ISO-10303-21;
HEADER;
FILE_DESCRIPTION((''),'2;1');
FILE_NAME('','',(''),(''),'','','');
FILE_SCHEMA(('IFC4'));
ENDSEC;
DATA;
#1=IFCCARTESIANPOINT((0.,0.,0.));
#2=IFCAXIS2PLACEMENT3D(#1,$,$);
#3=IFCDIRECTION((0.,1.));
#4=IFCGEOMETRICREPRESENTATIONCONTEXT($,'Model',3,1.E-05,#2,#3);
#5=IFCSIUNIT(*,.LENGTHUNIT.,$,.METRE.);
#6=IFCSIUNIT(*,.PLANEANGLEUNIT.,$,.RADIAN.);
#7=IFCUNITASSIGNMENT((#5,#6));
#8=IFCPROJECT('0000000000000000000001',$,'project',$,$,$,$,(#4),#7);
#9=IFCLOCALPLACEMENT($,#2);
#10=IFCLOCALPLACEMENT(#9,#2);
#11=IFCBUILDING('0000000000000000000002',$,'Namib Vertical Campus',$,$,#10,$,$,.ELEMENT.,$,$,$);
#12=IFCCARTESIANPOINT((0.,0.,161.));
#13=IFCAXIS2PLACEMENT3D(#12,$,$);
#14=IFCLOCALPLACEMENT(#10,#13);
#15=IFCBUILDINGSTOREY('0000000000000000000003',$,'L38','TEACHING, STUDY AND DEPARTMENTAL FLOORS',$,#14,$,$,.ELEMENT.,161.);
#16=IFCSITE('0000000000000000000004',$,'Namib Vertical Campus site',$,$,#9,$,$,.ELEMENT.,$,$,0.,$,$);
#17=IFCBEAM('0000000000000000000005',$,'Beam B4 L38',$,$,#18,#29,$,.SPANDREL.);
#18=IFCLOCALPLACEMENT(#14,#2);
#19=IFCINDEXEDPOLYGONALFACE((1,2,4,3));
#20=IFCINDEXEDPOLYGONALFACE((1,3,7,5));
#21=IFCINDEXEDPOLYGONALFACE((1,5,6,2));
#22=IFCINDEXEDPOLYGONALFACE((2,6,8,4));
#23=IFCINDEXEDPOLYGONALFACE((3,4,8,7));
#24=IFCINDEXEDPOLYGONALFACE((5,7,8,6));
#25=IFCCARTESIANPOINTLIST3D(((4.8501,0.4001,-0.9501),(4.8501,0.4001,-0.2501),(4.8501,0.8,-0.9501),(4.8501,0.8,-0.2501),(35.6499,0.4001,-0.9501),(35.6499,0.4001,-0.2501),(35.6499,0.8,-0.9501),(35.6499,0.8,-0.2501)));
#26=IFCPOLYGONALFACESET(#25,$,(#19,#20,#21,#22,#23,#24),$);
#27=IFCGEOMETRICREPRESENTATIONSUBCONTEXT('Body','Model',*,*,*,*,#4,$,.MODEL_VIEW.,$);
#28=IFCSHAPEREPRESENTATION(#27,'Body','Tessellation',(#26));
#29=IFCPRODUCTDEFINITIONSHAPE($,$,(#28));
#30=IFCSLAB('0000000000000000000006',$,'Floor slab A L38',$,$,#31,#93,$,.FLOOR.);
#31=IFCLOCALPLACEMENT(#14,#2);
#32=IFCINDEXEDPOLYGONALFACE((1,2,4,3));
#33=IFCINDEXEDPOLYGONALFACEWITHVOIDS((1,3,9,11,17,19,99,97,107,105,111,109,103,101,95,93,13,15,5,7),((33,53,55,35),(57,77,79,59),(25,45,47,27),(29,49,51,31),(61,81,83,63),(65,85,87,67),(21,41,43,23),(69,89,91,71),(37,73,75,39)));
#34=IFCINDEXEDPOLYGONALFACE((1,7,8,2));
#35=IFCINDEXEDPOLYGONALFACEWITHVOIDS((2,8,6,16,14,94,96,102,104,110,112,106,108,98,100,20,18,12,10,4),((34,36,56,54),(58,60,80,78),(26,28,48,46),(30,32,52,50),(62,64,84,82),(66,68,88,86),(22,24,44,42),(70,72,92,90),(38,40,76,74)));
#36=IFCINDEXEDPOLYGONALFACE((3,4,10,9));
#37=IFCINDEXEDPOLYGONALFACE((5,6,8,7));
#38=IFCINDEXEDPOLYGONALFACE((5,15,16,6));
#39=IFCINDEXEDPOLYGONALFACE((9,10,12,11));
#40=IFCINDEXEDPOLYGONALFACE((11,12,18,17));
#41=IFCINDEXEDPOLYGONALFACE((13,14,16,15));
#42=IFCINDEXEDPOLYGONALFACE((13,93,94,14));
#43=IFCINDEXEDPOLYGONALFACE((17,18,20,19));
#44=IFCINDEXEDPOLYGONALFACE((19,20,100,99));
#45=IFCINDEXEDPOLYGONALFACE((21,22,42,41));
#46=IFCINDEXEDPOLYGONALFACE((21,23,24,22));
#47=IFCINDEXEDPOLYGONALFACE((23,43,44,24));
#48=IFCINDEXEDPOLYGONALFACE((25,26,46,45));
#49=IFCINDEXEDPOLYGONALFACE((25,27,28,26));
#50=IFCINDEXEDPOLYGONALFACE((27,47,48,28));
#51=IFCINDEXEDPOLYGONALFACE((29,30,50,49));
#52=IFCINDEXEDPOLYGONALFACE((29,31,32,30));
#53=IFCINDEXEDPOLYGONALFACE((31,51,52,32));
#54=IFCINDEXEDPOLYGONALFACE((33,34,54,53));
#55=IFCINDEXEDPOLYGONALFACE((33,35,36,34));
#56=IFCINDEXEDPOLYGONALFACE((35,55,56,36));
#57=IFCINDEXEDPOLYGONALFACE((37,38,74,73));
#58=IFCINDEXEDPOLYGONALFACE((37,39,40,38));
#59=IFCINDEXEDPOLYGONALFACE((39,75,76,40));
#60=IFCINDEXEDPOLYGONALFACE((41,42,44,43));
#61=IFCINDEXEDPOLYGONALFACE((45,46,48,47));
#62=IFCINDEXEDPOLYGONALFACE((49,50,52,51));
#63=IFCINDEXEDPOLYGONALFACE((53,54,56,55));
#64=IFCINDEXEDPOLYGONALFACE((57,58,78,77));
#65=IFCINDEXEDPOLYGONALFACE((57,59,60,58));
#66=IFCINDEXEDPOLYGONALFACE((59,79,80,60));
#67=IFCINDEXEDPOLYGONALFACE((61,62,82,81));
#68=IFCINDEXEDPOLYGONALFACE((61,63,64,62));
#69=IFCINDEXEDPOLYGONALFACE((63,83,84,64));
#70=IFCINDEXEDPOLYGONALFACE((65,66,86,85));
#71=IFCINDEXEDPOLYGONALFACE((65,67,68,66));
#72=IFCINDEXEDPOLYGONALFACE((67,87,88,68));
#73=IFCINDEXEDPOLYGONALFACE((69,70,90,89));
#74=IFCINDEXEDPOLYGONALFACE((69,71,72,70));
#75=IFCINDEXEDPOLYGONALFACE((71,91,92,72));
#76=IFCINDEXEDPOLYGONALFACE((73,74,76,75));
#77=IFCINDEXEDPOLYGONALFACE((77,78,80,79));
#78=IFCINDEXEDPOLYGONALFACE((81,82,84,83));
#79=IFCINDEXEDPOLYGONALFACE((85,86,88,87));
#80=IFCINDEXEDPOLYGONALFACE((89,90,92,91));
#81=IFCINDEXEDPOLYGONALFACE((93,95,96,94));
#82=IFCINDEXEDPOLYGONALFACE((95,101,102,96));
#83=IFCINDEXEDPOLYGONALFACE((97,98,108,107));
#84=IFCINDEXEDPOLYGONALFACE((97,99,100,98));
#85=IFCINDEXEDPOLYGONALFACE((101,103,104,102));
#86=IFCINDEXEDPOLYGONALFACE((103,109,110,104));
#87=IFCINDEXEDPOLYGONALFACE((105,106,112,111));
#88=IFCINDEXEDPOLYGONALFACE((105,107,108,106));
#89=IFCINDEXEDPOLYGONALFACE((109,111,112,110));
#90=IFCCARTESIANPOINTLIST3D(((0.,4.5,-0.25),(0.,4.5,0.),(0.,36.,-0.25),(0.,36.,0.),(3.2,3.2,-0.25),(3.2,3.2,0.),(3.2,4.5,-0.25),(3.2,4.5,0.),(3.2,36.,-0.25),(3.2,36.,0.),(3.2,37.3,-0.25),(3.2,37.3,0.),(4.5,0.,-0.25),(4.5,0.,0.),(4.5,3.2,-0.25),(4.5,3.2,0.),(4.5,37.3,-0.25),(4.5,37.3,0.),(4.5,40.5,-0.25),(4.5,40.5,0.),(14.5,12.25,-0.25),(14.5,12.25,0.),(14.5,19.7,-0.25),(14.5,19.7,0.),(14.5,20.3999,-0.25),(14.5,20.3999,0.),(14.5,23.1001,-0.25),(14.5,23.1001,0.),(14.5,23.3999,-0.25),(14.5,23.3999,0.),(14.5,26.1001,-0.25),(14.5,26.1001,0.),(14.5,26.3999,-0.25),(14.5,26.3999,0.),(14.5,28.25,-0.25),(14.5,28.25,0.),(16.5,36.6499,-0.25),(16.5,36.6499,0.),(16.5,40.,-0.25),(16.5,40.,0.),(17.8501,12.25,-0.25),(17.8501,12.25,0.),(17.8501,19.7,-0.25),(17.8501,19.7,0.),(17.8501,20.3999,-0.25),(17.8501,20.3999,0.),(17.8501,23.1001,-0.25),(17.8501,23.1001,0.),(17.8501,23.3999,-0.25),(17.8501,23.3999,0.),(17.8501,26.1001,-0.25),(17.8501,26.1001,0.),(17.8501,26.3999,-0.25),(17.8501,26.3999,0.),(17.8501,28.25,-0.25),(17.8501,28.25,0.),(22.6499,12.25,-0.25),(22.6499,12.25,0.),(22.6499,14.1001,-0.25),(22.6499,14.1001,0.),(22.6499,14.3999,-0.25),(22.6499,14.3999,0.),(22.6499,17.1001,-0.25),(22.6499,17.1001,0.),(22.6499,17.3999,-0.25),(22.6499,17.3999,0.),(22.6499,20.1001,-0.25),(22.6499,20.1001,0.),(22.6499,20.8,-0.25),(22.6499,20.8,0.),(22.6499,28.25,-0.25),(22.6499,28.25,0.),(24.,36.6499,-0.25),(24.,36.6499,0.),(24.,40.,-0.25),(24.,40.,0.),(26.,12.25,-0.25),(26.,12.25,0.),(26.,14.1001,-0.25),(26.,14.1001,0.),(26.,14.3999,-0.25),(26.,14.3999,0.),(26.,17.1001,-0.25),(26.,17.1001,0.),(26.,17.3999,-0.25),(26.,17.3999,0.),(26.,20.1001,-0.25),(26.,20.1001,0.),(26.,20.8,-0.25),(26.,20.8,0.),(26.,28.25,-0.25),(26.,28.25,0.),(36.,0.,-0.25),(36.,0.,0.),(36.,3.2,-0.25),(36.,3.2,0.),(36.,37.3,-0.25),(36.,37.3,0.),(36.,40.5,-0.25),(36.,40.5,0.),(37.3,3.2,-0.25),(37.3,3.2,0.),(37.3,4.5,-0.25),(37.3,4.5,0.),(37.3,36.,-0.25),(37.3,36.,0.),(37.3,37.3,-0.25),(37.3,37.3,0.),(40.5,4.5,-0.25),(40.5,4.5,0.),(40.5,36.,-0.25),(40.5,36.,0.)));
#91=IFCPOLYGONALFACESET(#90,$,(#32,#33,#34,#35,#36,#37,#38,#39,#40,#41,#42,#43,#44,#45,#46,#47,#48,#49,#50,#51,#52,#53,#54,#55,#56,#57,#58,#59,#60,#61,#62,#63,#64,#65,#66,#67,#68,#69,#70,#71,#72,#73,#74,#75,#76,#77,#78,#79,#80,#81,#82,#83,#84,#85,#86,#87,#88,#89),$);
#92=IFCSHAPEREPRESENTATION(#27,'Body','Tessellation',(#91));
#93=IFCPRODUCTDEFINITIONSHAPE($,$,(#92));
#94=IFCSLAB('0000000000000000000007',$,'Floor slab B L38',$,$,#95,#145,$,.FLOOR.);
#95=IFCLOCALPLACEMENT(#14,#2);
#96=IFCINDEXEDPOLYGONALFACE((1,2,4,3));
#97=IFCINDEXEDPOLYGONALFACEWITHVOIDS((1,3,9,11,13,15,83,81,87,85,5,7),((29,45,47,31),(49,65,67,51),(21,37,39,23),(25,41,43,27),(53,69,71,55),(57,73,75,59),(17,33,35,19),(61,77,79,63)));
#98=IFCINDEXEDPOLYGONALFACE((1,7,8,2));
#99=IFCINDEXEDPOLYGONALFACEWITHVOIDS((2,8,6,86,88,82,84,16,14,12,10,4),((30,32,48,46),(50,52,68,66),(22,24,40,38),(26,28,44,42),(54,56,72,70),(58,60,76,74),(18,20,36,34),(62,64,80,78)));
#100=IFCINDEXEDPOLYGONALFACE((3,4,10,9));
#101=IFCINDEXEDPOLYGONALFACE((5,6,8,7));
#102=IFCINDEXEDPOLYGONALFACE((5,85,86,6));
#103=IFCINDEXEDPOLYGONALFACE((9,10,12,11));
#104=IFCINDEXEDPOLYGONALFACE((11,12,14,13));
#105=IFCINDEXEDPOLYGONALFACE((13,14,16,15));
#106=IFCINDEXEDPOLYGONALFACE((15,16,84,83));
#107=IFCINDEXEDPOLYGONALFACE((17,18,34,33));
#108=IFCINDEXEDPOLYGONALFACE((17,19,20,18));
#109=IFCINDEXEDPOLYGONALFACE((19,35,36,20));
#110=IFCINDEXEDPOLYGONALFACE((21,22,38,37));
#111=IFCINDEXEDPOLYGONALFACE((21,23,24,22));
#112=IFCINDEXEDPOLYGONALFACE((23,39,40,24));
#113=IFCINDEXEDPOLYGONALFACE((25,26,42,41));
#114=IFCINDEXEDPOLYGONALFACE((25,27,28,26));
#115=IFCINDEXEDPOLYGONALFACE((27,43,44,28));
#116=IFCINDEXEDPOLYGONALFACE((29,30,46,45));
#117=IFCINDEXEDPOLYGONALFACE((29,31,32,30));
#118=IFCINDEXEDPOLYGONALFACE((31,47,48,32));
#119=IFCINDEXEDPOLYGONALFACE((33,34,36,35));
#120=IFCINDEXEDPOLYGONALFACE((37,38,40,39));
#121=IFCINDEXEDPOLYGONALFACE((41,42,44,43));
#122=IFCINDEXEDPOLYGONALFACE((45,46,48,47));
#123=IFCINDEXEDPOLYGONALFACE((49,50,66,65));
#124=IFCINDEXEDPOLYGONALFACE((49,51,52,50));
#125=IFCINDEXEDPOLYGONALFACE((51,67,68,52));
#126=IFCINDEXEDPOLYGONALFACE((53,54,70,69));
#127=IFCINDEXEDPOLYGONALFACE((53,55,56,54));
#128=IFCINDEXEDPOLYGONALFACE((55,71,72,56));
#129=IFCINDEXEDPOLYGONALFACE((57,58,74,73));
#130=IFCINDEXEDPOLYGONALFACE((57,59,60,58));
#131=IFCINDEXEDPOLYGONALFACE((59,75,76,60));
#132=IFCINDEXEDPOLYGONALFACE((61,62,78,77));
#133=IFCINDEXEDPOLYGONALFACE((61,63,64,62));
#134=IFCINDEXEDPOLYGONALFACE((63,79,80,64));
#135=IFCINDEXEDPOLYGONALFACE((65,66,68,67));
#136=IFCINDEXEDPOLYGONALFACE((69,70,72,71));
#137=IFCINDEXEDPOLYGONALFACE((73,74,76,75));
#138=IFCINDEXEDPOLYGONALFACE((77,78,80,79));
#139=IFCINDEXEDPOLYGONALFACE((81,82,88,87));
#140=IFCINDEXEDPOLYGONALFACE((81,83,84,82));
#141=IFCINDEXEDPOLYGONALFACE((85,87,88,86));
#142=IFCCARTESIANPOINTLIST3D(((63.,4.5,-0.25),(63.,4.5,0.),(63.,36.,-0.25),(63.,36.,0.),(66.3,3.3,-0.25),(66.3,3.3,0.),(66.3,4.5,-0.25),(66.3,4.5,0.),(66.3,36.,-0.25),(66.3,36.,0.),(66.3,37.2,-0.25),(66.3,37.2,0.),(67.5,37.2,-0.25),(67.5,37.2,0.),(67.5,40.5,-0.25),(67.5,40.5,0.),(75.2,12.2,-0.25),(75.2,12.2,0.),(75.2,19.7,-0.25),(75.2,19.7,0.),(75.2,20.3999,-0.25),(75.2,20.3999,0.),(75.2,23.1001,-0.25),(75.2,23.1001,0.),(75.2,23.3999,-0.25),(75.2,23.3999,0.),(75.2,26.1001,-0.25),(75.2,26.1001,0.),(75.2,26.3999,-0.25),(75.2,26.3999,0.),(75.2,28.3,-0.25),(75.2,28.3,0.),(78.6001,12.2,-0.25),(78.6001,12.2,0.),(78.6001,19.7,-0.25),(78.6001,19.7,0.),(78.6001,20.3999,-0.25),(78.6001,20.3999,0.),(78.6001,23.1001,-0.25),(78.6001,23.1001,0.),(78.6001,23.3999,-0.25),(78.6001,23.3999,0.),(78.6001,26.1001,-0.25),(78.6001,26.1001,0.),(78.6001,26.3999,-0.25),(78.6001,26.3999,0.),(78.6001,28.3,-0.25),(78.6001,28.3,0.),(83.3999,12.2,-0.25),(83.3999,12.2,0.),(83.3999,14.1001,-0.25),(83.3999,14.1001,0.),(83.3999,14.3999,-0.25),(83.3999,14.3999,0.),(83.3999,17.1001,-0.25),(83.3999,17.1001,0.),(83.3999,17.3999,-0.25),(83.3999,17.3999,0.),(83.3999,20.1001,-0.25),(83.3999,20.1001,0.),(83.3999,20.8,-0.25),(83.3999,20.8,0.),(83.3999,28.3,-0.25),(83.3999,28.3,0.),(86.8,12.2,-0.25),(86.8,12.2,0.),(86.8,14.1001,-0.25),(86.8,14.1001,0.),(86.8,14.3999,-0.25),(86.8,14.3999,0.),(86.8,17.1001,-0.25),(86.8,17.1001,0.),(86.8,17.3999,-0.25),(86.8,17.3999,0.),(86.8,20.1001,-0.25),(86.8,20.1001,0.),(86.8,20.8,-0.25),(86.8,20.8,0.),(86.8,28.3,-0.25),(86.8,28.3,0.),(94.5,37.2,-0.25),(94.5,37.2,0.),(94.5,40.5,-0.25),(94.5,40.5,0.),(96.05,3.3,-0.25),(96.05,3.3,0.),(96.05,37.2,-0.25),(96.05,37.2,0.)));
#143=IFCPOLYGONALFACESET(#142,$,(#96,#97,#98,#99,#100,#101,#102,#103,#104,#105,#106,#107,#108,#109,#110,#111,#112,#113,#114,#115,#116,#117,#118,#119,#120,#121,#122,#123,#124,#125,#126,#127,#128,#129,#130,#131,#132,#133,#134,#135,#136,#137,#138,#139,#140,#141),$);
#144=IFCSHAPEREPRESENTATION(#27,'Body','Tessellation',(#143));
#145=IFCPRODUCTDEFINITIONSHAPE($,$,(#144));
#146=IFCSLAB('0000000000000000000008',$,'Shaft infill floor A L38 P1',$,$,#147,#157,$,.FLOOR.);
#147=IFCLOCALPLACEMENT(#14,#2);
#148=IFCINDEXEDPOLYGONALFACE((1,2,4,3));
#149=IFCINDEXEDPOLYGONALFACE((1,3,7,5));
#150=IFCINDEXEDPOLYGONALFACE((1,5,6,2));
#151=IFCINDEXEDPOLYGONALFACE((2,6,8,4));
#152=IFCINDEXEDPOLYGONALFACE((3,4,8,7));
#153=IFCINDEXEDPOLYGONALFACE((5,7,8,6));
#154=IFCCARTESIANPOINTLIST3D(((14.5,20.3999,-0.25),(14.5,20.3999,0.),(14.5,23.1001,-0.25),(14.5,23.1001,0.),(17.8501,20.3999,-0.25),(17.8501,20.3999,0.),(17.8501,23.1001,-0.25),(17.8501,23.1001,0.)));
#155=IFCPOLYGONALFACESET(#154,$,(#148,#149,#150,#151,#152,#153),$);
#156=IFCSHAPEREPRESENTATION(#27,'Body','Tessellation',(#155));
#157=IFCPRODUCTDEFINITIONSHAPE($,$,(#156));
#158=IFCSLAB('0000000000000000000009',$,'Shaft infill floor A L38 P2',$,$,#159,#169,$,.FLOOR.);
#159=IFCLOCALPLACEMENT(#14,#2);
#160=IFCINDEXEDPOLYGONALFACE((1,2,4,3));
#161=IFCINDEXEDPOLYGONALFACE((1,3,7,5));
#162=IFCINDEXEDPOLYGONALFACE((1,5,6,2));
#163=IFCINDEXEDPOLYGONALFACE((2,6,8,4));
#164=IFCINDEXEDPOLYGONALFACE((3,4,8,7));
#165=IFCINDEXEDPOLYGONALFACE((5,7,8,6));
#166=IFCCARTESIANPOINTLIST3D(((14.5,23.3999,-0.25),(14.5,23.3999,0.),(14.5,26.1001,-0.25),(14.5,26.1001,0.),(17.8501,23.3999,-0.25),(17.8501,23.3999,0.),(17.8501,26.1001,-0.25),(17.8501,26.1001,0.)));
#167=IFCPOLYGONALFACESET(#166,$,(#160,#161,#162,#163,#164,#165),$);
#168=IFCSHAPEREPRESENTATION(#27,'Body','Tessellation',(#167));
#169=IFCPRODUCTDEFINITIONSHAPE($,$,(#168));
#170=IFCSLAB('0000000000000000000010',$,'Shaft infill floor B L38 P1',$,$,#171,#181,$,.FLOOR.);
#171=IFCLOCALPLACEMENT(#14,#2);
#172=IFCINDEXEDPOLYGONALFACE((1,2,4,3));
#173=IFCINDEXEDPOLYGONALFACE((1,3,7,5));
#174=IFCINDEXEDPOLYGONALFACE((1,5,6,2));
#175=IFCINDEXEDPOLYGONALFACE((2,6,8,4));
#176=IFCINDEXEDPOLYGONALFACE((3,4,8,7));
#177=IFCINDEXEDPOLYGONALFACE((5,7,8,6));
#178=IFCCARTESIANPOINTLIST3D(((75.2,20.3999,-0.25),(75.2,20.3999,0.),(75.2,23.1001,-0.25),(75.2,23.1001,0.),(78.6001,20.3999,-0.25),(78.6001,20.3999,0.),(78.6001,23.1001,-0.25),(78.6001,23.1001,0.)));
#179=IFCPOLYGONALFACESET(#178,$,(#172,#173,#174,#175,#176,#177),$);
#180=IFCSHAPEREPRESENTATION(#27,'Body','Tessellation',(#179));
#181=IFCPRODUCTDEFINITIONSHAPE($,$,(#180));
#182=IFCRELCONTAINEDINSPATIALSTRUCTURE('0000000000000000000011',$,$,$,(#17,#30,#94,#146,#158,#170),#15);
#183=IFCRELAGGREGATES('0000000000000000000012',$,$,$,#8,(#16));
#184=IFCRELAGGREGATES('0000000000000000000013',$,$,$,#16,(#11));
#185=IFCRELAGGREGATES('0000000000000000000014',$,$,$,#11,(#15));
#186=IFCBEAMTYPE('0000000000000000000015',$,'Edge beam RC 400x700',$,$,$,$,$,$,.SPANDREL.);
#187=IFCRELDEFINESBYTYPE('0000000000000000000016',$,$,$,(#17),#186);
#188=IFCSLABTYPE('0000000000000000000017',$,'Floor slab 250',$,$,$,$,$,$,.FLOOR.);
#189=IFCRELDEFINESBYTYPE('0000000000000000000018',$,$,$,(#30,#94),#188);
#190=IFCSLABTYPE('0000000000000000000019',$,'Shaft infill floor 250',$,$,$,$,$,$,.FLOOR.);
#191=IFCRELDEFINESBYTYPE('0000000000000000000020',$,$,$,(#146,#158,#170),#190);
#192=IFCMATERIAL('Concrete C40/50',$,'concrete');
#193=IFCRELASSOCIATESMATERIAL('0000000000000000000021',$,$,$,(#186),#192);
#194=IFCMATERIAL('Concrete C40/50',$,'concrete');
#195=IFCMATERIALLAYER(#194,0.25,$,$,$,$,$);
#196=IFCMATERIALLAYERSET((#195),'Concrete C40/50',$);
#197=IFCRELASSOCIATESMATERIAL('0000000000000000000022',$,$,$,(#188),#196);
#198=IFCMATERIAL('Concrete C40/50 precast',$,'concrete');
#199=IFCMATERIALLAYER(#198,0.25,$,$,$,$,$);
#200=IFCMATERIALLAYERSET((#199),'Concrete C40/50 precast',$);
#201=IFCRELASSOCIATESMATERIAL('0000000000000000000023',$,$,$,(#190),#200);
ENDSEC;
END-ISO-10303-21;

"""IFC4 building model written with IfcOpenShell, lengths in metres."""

from ifc_helpers import new_model, si_unit, direction, frame, origin, origin_2d, place, context, subcontext, project, spatial, polyline, rectangle, outline, extrude, material, layer, layer_set, material_profile, profile_set, type_object, element, save


model = new_model("IFC4")

# Units and contexts
model_context = context("Model", 3, precision=1e-05, world=origin(), true_north=direction((0.0, 1.0)))
body_context = subcontext(model_context, "Body", "Model", "MODEL_VIEW")
ifc_project = project(units=[si_unit("LENGTHUNIT", "METRE"), si_unit("PLANEANGLEUNIT", "RADIAN")], contexts=[model_context])

# Site, building, storey
site_placement = place(None, origin())
site = spatial("IfcSite", under=ifc_project, at=site_placement, Name="Namib Vertical Campus site", CompositionType="ELEMENT", RefElevation=0.0)
building_placement = place(site_placement, origin())
building = spatial("IfcBuilding", under=site, at=building_placement, Name="Namib Vertical Campus", CompositionType="ELEMENT")
storey_placement = place(building_placement, frame((0.0, 0.0, 161.0)))
storey = spatial("IfcBuildingStorey", under=building, at=storey_placement, Name="L38", Description="TEACHING, STUDY AND DEPARTMENTAL FLOORS", CompositionType="ELEMENT", Elevation=161.0)

# Beam
ifc_material_1 = material(Name="Concrete C40/50", Category="concrete")
ifc_material_profile = material_profile(ifc_material_1, rectangle(XDim=0.3999, YDim=0.7, at=origin_2d()))
ifc_profile_set = profile_set([ifc_material_profile], Name="Concrete C40/50")
beam_type = type_object("IfcBeamType", Name="Edge beam RC 400x700", PredefinedType="SPANDREL", material=ifc_profile_set)
beam_placement = place(storey_placement, frame((4.8501, 0.6001, -0.6001), z_axis=(1.0, 0.0, 0.0), x_axis=(0.0, 1.0, 0.0)))
element("IfcBeam", 1, at=beam_placement, inside=storey, type_object=beam_type, Name="Beam B4 L38", PredefinedType="SPANDREL", context=body_context, shape_type="SweptSolid", body=[
    extrude(rectangle(XDim=0.3999, YDim=0.7, at=origin_2d()), origin(), (0.0, 0.0, 1.0), 30.7998),
])

# Slabs
ifc_material_2 = material(Name="Concrete C40/50", Category="concrete")
ifc_layer_1 = layer(ifc_material_2, 0.25)
ifc_layer_set_1 = layer_set([ifc_layer_1], Name="Concrete C40/50")
slab_type_1 = type_object("IfcSlabType", Name="Floor slab 250", PredefinedType="FLOOR", material=ifc_layer_set_1)
slab_1_placement = place(storey_placement, frame((0.0, 0.0, -0.25)))
element("IfcSlab", 2, at=slab_1_placement, inside=storey, type_object=slab_type_1, Name="Floor slab A L38", PredefinedType="FLOOR", context=body_context, shape_type="SweptSolid", body=[
    extrude(outline(polyline([(4.5, 0.0), (36.0, 0.0), (36.0, 3.2), (37.3, 3.2), (37.3, 4.5), (40.5, 4.5), (40.5, 36.0), (37.3, 36.0), (37.3, 37.3), (36.0, 37.3), (36.0, 40.5), (4.5, 40.5), (4.5, 37.3), (3.2, 37.3), (3.2, 36.0), (0.0, 36.0), (0.0, 4.5), (3.2, 4.5), (3.2, 3.2), (4.5, 3.2), (4.5, 0.0)]), holes=[polyline([(14.5, 12.25), (17.8501, 12.25), (17.8501, 19.7), (14.5, 19.7), (14.5, 12.25)]), polyline([(22.6499, 20.8), (26.0, 20.8), (26.0, 28.25), (22.6499, 28.25), (22.6499, 20.8)]), polyline([(22.6499, 12.25), (26.0, 12.25), (26.0, 14.1001), (22.6499, 14.1001), (22.6499, 12.25)]), polyline([(14.5, 20.3999), (17.8501, 20.3999), (17.8501, 23.1001), (14.5, 23.1001), (14.5, 20.3999)]), polyline([(14.5, 23.3999), (17.8501, 23.3999), (17.8501, 26.1001), (14.5, 26.1001), (14.5, 23.3999)]), polyline([(14.5, 26.3999), (17.8501, 26.3999), (17.8501, 28.25), (14.5, 28.25), (14.5, 26.3999)]), polyline([(22.6499, 14.3999), (26.0, 14.3999), (26.0, 17.1001), (22.6499, 17.1001), (22.6499, 14.3999)]), polyline([(22.6499, 17.3999), (26.0, 17.3999), (26.0, 20.1001), (22.6499, 20.1001), (22.6499, 17.3999)]), polyline([(16.5, 36.6499), (24.0, 36.6499), (24.0, 40.0), (16.5, 40.0), (16.5, 36.6499)])]), origin(), (0.0, 0.0, 1.0), 0.25),
])
slab_2_placement = place(storey_placement, frame((0.0, 0.0, -0.25)))
element("IfcSlab", 3, at=slab_2_placement, inside=storey, type_object=slab_type_1, Name="Floor slab B L38", PredefinedType="FLOOR", context=body_context, shape_type="SweptSolid", body=[
    extrude(outline(polyline([(63.0, 4.5), (66.3, 4.5), (66.3, 3.3), (96.05, 3.3), (96.05, 37.2), (94.5, 37.2), (94.5, 40.5), (67.5, 40.5), (67.5, 37.2), (66.3, 37.2), (66.3, 36.0), (63.0, 36.0), (63.0, 4.5)]), holes=[polyline([(75.2, 12.2), (78.6001, 12.2), (78.6001, 19.7), (75.2, 19.7), (75.2, 12.2)]), polyline([(83.3999, 20.8), (86.8, 20.8), (86.8, 28.3), (83.3999, 28.3), (83.3999, 20.8)]), polyline([(83.3999, 12.2), (86.8, 12.2), (86.8, 14.1001), (83.3999, 14.1001), (83.3999, 12.2)]), polyline([(75.2, 20.3999), (78.6001, 20.3999), (78.6001, 23.1001), (75.2, 23.1001), (75.2, 20.3999)]), polyline([(75.2, 23.3999), (78.6001, 23.3999), (78.6001, 26.1001), (75.2, 26.1001), (75.2, 23.3999)]), polyline([(75.2, 26.3999), (78.6001, 26.3999), (78.6001, 28.3), (75.2, 28.3), (75.2, 26.3999)]), polyline([(83.3999, 14.3999), (86.8, 14.3999), (86.8, 17.1001), (83.3999, 17.1001), (83.3999, 14.3999)]), polyline([(83.3999, 17.3999), (86.8, 17.3999), (86.8, 20.1001), (83.3999, 20.1001), (83.3999, 17.3999)])]), origin(), (0.0, 0.0, 1.0), 0.25),
])
ifc_material_3 = material(Name="Concrete C40/50 precast", Category="concrete")
ifc_layer_2 = layer(ifc_material_3, 0.25)
ifc_layer_set_2 = layer_set([ifc_layer_2], Name="Concrete C40/50 precast")
slab_type_2 = type_object("IfcSlabType", Name="Shaft infill floor 250", PredefinedType="FLOOR", material=ifc_layer_set_2)
slab_3_placement = place(storey_placement, frame((0.0, 0.0, -0.25)))
element("IfcSlab", 4, at=slab_3_placement, inside=storey, type_object=slab_type_2, Name="Shaft infill floor A L38 P1", PredefinedType="FLOOR", context=body_context, shape_type="SweptSolid", body=[
    extrude(outline(polyline([(14.5, 20.3999), (17.8501, 20.3999), (17.8501, 23.1001), (14.5, 23.1001), (14.5, 20.3999)])), origin(), (0.0, 0.0, 1.0), 0.25),
])
slab_4_placement = place(storey_placement, frame((0.0, 0.0, -0.25)))
element("IfcSlab", 5, at=slab_4_placement, inside=storey, type_object=slab_type_2, Name="Shaft infill floor A L38 P2", PredefinedType="FLOOR", context=body_context, shape_type="SweptSolid", body=[
    extrude(outline(polyline([(14.5, 23.3999), (17.8501, 23.3999), (17.8501, 26.1001), (14.5, 26.1001), (14.5, 23.3999)])), origin(), (0.0, 0.0, 1.0), 0.25),
])
slab_5_placement = place(storey_placement, frame((0.0, 0.0, -0.25)))
element("IfcSlab", 6, at=slab_5_placement, inside=storey, type_object=slab_type_2, Name="Shaft infill floor B L38 P1", PredefinedType="FLOOR", context=body_context, shape_type="SweptSolid", body=[
    extrude(outline(polyline([(75.2, 20.3999), (78.6001, 20.3999), (78.6001, 23.1001), (75.2, 23.1001), (75.2, 20.3999)])), origin(), (0.0, 0.0, 1.0), 0.25),
])

save(model, "model.ifc")
